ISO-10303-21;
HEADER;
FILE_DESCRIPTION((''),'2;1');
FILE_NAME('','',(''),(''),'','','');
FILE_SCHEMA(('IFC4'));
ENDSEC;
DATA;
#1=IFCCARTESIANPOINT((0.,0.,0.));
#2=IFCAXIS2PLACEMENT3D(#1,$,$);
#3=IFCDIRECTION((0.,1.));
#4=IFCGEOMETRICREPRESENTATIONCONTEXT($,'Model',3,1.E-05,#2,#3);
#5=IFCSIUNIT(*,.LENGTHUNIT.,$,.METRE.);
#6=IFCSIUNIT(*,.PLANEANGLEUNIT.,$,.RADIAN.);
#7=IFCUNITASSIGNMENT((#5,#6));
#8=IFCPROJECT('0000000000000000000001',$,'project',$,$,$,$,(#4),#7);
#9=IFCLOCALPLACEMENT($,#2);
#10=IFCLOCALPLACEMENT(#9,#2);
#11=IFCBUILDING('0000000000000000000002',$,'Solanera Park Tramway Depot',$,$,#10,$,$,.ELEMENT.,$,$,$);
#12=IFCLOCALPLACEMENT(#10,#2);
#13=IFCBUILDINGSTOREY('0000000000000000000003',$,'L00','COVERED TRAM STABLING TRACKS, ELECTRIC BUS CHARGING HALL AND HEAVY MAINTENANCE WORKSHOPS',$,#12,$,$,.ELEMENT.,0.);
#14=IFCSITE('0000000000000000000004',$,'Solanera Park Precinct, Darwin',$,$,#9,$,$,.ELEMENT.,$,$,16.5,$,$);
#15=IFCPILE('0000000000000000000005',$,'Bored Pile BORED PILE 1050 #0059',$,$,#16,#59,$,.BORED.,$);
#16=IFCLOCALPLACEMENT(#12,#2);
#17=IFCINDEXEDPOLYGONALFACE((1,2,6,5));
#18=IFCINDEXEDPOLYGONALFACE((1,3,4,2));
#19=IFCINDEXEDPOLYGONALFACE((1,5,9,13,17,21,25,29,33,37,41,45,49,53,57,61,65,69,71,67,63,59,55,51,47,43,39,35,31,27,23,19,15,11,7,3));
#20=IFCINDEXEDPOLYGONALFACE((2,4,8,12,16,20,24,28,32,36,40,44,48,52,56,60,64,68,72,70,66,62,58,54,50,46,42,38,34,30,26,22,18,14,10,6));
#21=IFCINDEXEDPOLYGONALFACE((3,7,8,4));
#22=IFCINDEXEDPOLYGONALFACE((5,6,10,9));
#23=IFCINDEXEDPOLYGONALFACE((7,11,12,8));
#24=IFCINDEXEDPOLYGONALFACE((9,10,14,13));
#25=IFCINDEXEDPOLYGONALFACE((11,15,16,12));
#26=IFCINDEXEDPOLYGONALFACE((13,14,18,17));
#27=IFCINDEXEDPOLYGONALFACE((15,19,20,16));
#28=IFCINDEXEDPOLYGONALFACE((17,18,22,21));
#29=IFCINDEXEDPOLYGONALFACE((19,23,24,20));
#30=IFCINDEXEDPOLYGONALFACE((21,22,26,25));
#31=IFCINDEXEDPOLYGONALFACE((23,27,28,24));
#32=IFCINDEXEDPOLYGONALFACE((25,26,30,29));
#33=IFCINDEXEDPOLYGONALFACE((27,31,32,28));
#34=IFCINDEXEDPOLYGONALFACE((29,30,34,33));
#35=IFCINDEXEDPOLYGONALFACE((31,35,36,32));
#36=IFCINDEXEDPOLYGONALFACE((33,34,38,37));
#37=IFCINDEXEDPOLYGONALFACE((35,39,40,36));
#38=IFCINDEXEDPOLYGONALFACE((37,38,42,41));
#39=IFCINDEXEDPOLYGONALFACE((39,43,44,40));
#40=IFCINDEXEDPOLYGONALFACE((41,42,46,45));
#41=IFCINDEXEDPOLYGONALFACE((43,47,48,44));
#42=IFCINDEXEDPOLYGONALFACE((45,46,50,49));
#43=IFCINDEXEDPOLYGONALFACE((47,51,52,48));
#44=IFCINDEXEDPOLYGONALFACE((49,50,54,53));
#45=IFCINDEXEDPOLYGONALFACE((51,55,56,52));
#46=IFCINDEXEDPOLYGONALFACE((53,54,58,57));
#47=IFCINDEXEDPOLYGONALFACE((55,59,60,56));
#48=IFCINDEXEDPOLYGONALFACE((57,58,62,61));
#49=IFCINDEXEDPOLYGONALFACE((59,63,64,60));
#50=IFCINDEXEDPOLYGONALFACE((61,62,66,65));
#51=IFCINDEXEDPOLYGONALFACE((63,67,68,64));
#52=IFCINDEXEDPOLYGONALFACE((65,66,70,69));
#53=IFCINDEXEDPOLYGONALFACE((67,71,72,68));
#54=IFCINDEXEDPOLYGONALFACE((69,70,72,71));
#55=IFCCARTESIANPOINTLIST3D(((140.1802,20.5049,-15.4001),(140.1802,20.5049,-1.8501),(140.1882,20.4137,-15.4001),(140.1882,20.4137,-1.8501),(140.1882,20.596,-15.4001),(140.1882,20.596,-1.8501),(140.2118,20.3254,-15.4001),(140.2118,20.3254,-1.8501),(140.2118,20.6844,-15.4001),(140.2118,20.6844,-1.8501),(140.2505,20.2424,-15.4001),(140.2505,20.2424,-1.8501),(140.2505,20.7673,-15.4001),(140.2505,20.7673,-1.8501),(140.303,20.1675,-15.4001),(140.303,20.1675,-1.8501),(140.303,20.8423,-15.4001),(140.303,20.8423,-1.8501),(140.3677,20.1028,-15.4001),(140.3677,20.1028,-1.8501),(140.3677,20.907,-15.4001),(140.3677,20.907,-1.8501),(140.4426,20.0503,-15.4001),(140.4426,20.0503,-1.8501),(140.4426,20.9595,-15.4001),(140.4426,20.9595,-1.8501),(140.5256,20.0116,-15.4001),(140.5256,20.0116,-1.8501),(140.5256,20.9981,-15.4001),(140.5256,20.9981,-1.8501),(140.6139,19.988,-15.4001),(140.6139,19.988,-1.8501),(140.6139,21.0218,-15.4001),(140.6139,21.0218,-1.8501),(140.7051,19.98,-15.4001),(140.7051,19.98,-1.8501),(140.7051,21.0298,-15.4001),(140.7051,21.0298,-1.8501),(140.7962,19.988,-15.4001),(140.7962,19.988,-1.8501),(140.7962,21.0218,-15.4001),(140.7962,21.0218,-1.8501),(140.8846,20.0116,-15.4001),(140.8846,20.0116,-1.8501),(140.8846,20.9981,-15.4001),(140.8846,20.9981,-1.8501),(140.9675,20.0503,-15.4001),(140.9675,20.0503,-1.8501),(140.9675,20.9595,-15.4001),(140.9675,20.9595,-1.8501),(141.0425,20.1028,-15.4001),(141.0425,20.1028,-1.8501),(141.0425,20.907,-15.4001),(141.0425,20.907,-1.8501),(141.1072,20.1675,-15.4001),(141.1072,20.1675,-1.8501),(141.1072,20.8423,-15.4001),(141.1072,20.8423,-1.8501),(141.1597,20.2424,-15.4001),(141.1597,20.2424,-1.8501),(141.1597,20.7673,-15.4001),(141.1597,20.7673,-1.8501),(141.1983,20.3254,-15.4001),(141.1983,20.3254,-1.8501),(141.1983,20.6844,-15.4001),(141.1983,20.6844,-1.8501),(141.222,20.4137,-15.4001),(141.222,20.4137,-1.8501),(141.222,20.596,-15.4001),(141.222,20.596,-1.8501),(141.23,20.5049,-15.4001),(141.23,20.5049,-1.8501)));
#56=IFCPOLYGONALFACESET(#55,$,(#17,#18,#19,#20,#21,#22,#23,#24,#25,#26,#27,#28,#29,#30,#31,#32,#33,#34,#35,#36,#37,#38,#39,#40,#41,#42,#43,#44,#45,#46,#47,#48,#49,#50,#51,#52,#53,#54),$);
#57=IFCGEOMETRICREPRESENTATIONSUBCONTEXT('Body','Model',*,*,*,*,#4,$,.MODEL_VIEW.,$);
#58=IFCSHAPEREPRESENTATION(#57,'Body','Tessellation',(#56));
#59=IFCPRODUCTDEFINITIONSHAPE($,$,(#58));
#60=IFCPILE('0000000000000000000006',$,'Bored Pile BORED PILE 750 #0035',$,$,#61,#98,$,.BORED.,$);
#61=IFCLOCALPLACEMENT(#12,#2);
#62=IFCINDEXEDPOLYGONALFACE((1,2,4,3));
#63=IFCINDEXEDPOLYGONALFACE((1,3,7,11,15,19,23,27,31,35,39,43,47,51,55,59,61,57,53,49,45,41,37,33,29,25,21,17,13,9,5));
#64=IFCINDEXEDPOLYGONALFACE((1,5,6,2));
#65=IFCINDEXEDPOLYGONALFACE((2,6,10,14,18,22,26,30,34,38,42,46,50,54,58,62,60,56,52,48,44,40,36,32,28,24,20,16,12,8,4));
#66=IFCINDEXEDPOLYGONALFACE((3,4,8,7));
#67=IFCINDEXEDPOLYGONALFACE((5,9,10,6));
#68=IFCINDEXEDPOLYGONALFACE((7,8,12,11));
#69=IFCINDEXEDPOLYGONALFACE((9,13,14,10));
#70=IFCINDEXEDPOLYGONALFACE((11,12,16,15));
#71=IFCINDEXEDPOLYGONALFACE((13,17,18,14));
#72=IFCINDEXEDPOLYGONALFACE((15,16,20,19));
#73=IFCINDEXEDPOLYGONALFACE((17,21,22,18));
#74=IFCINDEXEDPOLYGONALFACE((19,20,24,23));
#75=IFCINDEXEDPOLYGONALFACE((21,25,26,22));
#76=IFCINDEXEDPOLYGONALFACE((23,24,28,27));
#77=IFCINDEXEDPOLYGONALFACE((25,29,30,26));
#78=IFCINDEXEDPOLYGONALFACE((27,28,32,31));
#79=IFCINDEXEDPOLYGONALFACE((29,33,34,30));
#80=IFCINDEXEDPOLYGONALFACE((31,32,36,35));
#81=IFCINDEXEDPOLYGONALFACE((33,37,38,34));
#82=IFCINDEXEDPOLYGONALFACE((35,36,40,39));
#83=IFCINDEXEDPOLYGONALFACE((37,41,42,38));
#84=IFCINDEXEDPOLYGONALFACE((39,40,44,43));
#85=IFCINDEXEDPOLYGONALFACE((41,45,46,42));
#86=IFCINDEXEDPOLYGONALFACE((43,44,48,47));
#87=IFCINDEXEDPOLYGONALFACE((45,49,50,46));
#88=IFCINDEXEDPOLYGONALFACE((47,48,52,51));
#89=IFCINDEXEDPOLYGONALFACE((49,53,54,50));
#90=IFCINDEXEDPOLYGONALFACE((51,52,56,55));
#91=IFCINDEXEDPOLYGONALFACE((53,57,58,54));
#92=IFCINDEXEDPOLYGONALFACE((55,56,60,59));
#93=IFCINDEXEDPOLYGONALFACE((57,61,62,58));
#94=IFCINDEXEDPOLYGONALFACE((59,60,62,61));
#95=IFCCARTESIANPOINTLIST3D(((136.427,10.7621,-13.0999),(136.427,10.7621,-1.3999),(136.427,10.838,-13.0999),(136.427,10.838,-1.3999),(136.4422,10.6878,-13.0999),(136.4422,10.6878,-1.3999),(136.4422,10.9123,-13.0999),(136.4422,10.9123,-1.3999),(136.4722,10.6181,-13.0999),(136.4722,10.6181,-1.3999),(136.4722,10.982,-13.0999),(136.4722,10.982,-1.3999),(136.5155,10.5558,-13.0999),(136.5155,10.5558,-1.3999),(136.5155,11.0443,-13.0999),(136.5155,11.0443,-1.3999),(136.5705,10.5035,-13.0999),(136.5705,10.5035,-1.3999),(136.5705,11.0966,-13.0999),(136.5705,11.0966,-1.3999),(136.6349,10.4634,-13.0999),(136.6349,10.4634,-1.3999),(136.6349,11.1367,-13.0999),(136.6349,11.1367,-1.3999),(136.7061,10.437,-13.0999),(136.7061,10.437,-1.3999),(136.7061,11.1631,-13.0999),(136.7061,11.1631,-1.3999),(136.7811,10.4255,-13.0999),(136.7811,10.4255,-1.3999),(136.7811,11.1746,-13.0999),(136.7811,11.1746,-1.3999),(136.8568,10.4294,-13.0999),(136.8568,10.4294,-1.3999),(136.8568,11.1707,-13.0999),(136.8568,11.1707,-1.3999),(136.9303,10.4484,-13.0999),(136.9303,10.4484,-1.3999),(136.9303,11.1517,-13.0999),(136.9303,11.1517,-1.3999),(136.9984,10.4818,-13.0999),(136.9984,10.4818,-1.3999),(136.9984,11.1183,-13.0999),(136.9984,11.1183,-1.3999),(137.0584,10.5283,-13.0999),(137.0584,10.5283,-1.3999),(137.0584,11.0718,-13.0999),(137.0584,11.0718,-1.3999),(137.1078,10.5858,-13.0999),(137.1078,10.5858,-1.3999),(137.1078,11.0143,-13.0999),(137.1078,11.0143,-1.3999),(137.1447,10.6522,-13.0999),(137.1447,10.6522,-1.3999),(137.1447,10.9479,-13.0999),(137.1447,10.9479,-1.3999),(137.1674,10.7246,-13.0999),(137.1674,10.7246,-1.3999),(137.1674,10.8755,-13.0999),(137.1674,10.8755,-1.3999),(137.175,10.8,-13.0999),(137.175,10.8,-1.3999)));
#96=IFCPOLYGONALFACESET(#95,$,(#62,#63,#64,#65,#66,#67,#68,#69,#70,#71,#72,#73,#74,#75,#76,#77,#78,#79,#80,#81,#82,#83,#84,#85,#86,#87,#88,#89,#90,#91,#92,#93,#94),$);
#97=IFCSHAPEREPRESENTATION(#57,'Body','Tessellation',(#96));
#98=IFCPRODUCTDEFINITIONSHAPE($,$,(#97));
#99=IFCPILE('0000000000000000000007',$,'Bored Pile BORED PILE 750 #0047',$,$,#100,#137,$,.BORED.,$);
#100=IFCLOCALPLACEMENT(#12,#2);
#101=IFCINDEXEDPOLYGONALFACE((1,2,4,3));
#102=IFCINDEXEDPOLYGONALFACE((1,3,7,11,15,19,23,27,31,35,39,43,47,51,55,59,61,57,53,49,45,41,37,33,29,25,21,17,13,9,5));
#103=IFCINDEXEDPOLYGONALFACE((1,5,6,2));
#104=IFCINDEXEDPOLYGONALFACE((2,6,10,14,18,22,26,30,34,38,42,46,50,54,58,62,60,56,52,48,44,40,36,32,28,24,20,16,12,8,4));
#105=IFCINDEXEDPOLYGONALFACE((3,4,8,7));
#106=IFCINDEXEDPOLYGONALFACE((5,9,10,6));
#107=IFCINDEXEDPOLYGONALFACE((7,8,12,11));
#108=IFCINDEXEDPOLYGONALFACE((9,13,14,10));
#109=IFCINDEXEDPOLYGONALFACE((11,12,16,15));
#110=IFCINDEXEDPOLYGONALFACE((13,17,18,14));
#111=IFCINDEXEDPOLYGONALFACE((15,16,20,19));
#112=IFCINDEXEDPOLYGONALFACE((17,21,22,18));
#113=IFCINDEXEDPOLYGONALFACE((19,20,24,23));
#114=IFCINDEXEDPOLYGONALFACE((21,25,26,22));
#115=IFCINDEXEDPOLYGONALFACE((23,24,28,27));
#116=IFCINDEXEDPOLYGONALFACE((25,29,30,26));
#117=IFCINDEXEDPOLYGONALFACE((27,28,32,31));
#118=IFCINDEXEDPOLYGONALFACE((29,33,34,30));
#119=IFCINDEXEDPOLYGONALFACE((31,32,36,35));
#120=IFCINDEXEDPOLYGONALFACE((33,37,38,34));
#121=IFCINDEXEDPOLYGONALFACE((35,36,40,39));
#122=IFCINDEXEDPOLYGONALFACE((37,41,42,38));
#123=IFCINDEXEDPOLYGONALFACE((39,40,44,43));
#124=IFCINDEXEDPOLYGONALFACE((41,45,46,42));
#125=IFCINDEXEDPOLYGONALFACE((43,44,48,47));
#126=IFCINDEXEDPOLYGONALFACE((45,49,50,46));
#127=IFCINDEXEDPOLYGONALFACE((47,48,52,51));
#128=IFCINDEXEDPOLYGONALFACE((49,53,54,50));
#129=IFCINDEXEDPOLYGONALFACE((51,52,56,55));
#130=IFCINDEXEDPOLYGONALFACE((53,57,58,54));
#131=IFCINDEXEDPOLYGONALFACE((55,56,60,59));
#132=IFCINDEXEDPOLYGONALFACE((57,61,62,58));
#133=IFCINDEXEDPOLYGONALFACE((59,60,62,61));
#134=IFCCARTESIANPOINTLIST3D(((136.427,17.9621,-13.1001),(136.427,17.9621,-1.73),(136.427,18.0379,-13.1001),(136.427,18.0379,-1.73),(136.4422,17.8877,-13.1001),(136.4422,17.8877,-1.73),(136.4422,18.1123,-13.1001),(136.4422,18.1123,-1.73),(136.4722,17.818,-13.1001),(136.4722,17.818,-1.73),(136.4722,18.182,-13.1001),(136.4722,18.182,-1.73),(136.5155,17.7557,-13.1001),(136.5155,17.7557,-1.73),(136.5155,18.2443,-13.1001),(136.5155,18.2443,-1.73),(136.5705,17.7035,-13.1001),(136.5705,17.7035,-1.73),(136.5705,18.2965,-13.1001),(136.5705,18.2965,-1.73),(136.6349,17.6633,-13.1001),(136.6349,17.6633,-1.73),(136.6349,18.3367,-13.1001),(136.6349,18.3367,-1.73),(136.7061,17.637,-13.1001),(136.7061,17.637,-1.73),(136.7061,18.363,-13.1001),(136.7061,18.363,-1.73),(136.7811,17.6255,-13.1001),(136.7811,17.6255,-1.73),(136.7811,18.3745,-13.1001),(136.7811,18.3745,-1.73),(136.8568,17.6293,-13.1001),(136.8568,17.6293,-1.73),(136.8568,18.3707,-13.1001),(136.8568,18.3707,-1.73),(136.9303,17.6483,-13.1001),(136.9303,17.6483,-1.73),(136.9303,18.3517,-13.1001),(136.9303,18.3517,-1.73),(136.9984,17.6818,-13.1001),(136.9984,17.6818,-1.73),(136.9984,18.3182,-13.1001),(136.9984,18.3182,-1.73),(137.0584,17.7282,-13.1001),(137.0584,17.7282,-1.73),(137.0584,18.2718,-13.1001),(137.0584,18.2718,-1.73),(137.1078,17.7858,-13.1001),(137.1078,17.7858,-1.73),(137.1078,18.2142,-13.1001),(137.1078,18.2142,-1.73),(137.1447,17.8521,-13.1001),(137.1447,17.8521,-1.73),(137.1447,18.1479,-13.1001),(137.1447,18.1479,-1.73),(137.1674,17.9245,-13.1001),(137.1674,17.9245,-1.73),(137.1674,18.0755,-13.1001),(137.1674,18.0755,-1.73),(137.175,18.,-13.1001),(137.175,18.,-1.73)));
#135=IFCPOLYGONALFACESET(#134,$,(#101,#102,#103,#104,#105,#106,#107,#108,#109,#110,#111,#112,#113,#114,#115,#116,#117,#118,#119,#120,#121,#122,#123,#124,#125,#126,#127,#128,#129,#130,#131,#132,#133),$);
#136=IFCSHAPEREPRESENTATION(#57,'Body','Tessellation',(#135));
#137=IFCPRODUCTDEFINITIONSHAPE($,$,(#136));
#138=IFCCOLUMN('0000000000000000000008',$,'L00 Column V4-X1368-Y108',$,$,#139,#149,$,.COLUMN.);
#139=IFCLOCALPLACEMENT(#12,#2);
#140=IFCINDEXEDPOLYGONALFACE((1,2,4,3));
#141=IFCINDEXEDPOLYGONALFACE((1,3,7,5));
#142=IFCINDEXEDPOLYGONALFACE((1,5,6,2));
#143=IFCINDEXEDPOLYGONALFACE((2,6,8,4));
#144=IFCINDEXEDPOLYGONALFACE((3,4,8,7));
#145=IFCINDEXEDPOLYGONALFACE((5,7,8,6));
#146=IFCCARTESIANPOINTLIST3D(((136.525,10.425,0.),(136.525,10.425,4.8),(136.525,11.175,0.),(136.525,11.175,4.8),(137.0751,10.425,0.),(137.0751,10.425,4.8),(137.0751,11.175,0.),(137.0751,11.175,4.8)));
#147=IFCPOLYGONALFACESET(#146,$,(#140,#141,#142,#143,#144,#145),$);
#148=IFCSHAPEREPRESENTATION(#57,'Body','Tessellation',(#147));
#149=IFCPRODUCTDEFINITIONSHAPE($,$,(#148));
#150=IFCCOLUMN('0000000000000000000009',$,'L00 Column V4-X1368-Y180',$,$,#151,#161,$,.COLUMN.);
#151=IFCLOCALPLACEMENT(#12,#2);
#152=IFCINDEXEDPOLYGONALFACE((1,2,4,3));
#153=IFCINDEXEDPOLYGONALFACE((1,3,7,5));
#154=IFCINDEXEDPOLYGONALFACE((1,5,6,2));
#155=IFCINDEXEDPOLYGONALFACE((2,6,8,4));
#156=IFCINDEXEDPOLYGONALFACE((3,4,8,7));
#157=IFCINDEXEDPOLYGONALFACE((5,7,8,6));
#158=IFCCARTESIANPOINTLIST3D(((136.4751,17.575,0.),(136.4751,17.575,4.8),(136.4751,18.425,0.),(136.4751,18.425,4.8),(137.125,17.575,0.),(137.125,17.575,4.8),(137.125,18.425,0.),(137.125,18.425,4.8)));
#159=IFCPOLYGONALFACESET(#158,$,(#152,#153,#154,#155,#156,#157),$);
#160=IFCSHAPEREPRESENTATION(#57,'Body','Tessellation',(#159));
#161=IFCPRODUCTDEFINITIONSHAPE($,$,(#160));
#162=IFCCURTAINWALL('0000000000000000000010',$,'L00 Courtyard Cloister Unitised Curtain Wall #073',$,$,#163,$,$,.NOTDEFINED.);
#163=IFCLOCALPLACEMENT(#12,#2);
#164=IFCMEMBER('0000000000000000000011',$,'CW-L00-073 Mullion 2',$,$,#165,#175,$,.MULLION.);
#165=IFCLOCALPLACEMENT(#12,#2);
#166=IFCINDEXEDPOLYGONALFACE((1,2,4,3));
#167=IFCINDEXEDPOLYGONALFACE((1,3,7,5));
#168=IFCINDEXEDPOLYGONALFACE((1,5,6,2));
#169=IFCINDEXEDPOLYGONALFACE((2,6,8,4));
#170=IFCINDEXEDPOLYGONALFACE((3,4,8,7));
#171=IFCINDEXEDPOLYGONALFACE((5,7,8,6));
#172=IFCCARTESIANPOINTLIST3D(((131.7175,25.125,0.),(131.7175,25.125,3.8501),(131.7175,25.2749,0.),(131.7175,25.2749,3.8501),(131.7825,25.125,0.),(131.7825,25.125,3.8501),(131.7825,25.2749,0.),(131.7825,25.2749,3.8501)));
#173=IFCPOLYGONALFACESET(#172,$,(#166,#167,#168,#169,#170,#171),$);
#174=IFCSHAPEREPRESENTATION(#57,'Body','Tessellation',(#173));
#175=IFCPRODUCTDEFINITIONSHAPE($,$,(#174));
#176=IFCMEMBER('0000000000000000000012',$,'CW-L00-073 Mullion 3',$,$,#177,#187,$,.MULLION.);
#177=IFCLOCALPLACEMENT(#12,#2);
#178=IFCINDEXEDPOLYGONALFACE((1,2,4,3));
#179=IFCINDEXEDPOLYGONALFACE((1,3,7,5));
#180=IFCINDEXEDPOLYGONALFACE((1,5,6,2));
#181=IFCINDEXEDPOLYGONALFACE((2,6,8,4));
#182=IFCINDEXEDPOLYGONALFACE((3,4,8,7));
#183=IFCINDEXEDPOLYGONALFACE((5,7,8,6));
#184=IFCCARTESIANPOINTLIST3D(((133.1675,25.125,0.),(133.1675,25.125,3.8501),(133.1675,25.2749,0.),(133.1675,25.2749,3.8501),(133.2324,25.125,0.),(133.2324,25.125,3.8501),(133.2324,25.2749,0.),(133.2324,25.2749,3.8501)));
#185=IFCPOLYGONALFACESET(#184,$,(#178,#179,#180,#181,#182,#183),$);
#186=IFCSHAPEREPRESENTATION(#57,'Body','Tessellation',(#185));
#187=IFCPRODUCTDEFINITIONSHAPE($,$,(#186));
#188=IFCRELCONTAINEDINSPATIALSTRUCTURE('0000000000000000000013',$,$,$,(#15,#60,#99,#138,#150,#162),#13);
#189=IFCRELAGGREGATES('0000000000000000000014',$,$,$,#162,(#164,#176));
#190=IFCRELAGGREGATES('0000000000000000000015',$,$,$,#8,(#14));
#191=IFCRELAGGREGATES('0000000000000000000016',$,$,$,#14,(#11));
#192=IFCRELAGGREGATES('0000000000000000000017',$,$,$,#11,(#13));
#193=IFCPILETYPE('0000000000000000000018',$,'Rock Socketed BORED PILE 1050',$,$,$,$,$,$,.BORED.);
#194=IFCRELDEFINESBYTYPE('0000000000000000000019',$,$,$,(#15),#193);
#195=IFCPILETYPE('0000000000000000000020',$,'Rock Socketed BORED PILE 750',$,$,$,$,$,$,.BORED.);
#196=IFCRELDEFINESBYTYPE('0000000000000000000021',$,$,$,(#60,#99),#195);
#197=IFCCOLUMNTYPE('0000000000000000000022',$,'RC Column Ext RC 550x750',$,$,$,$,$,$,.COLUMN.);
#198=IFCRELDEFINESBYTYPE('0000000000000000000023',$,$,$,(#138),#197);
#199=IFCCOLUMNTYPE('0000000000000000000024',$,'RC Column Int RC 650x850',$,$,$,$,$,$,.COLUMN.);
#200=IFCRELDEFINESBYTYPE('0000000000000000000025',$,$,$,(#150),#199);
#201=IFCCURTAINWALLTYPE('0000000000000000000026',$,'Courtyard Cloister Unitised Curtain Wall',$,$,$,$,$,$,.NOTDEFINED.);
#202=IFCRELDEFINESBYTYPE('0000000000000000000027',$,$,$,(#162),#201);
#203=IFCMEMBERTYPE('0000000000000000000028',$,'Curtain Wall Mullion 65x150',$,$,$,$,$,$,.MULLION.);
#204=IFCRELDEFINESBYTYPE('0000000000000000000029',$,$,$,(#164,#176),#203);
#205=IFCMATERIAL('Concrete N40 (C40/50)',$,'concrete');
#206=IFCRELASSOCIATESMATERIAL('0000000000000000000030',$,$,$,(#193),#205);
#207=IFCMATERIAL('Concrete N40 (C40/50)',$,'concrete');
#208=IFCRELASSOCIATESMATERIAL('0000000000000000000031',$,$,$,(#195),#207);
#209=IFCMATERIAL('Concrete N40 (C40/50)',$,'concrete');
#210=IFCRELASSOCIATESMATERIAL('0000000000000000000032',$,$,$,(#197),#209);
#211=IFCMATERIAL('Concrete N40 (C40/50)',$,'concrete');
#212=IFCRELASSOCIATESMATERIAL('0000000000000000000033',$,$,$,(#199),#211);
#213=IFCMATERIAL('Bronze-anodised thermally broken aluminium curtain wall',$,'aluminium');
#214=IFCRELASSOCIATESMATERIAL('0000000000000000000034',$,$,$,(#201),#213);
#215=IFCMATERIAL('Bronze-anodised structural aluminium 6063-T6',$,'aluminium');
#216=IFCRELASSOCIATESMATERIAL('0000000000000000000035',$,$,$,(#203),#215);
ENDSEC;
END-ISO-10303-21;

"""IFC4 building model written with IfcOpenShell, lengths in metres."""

from ifc_helpers import new_model, si_unit, direction, frame, origin, origin_2d, place, context, subcontext, project, spatial, rectangle, circle, extrude, material, material_profile, profile_set, type_object, element, aggregate, save


model = new_model("IFC4")

# Units and contexts
model_context = context("Model", 3, precision=1e-05, world=origin(), true_north=direction((0.0, 1.0)))
body_context = subcontext(model_context, "Body", "Model", "MODEL_VIEW")
ifc_project = project(units=[si_unit("LENGTHUNIT", "METRE"), si_unit("PLANEANGLEUNIT", "RADIAN")], contexts=[model_context])

# Site, building, storey
site_placement = place(None, origin())
site = spatial("IfcSite", under=ifc_project, at=site_placement, Name="Solanera Park Precinct, Darwin", CompositionType="ELEMENT", RefElevation=16.5)
building_placement = place(site_placement, origin())
building = spatial("IfcBuilding", under=site, at=building_placement, Name="Solanera Park Tramway Depot", CompositionType="ELEMENT")
storey_placement = place(building_placement, origin())
storey = spatial("IfcBuildingStorey", under=building, at=storey_placement, Name="L00", Description="COVERED TRAM STABLING TRACKS, ELECTRIC BUS CHARGING HALL AND HEAVY MAINTENANCE WORKSHOPS", CompositionType="ELEMENT", Elevation=0.0)

# Piles
ifc_material_1 = material(Name="Concrete N40 (C40/50)", Category="concrete")
ifc_material_profile_1 = material_profile(ifc_material_1, circle(Radius=0.5249, at=origin_2d()), Name="BORED PILE 1050")
ifc_profile_set_1 = profile_set([ifc_material_profile_1], Name="Concrete N40 (C40/50)")
pile_type_1 = type_object("IfcPileType", Name="Rock Socketed BORED PILE 1050", PredefinedType="BORED", material=ifc_profile_set_1)
pile_1_placement = place(storey_placement, frame((140.7051, 20.5049, -1.8501), z_axis=(0.0, 0.0, -1.0), x_axis=(1.0, 0.0, 0.0)))
element("IfcPile", 1, at=pile_1_placement, inside=storey, type_object=pile_type_1, Name="Bored Pile BORED PILE 1050 #0059", PredefinedType="BORED", context=body_context, shape_type="SweptSolid", body=[
    extrude(circle(Radius=0.5249, at=origin_2d()), origin(), (0.0, 0.0, 1.0), 13.55),
])
ifc_material_2 = material(Name="Concrete N40 (C40/50)", Category="concrete")
ifc_material_profile_2 = material_profile(ifc_material_2, circle(Radius=0.375, at=origin_2d()), Name="BORED PILE 750")
ifc_profile_set_2 = profile_set([ifc_material_profile_2], Name="Concrete N40 (C40/50)")
pile_type_2 = type_object("IfcPileType", Name="Rock Socketed BORED PILE 750", PredefinedType="BORED", material=ifc_profile_set_2)
pile_2_placement = place(storey_placement, frame((136.8, 10.8, -1.3999), z_axis=(0.0, 0.0, -1.0), x_axis=(1.0, 0.0, 0.0)))
element("IfcPile", 2, at=pile_2_placement, inside=storey, type_object=pile_type_2, Name="Bored Pile BORED PILE 750 #0035", PredefinedType="BORED", context=body_context, shape_type="SweptSolid", body=[
    extrude(circle(Radius=0.375, at=origin_2d()), origin(), (0.0, 0.0, 1.0), 11.7),
])
pile_3_placement = place(storey_placement, frame((136.8, 18.0, -1.73), z_axis=(0.0, 0.0, -1.0), x_axis=(1.0, 0.0, 0.0)))
element("IfcPile", 3, at=pile_3_placement, inside=storey, type_object=pile_type_2, Name="Bored Pile BORED PILE 750 #0047", PredefinedType="BORED", context=body_context, shape_type="SweptSolid", body=[
    extrude(circle(Radius=0.375, at=origin_2d()), origin(), (0.0, 0.0, 1.0), 11.3701),
])

# Columns
ifc_material_3 = material(Name="Concrete N40 (C40/50)", Category="concrete")
ifc_material_profile_3 = material_profile(ifc_material_3, rectangle(XDim=0.55, YDim=0.75, at=origin_2d()), Name="RC 550x750")
ifc_profile_set_3 = profile_set([ifc_material_profile_3], Name="Concrete N40 (C40/50)")
column_type_1 = type_object("IfcColumnType", Name="RC Column Ext RC 550x750", PredefinedType="COLUMN", material=ifc_profile_set_3)
column_1_placement = place(storey_placement, frame((136.8, 10.8, 0.0), z_axis=(0.0, 0.0, 1.0), x_axis=(1.0, 0.0, 0.0)))
element("IfcColumn", 4, at=column_1_placement, inside=storey, type_object=column_type_1, Name="L00 Column V4-X1368-Y108", PredefinedType="COLUMN", context=body_context, shape_type="SweptSolid", body=[
    extrude(rectangle(XDim=0.55, YDim=0.75, at=origin_2d()), origin(), (0.0, 0.0, 1.0), 4.8),
])
ifc_material_4 = material(Name="Concrete N40 (C40/50)", Category="concrete")
ifc_material_profile_4 = material_profile(ifc_material_4, rectangle(XDim=0.6499, YDim=0.8501, at=origin_2d()), Name="RC 650x850")
ifc_profile_set_4 = profile_set([ifc_material_profile_4], Name="Concrete N40 (C40/50)")
column_type_2 = type_object("IfcColumnType", Name="RC Column Int RC 650x850", PredefinedType="COLUMN", material=ifc_profile_set_4)
column_2_placement = place(storey_placement, frame((136.8, 18.0, 0.0), z_axis=(0.0, 0.0, 1.0), x_axis=(1.0, 0.0, 0.0)))
element("IfcColumn", 5, at=column_2_placement, inside=storey, type_object=column_type_2, Name="L00 Column V4-X1368-Y180", PredefinedType="COLUMN", context=body_context, shape_type="SweptSolid", body=[
    extrude(rectangle(XDim=0.6499, YDim=0.8501, at=origin_2d()), origin(), (0.0, 0.0, 1.0), 4.8),
])

# Curtain wall, members
ifc_material_5 = material(Name="Bronze-anodised thermally broken aluminium curtain wall", Category="aluminium")
curtain_wall_type = type_object("IfcCurtainWallType", Name="Courtyard Cloister Unitised Curtain Wall", PredefinedType="NOTDEFINED", material=ifc_material_5)
curtain_wall_placement = place(storey_placement, origin())
curtain_wall = element("IfcCurtainWall", 6, at=curtain_wall_placement, inside=storey, type_object=curtain_wall_type, Name="L00 Courtyard Cloister Unitised Curtain Wall #073", PredefinedType="NOTDEFINED")
ifc_material_6 = material(Name="Bronze-anodised structural aluminium 6063-T6", Category="aluminium")
ifc_material_profile_5 = material_profile(ifc_material_6, rectangle(XDim=0.0649, YDim=0.1499, at=origin_2d()), Name="Curtain Wall Mullion 65x150")
ifc_profile_set_5 = profile_set([ifc_material_profile_5], Name="Bronze-anodised structural aluminium 6063-T6")
member_type_1 = type_object("IfcMemberType", Name="Curtain Wall Mullion 65x150", PredefinedType="MULLION", material=ifc_profile_set_5)
member_1_placement = place(storey_placement, frame((131.75, 25.2, 0.0), z_axis=(0.0, 0.0, 1.0), x_axis=(1.0, 0.0, 0.0)))
member_1 = element("IfcMember", 7, at=member_1_placement, type_object=member_type_1, Name="CW-L00-073 Mullion 2", PredefinedType="MULLION", context=body_context, shape_type="SweptSolid", body=[
    extrude(rectangle(XDim=0.0649, YDim=0.1499, at=origin_2d()), origin(), (0.0, 0.0, 1.0), 3.8501),
])
member_2_placement = place(storey_placement, frame((133.2, 25.2, 0.0), z_axis=(0.0, 0.0, 1.0), x_axis=(1.0, 0.0, 0.0)))
member_2 = element("IfcMember", 8, at=member_2_placement, type_object=member_type_1, Name="CW-L00-073 Mullion 3", PredefinedType="MULLION", context=body_context, shape_type="SweptSolid", body=[
    extrude(rectangle(XDim=0.0649, YDim=0.1499, at=origin_2d()), origin(), (0.0, 0.0, 1.0), 3.8501),
])
aggregate(curtain_wall, [member_1, member_2])

save(model, "model.ifc")
